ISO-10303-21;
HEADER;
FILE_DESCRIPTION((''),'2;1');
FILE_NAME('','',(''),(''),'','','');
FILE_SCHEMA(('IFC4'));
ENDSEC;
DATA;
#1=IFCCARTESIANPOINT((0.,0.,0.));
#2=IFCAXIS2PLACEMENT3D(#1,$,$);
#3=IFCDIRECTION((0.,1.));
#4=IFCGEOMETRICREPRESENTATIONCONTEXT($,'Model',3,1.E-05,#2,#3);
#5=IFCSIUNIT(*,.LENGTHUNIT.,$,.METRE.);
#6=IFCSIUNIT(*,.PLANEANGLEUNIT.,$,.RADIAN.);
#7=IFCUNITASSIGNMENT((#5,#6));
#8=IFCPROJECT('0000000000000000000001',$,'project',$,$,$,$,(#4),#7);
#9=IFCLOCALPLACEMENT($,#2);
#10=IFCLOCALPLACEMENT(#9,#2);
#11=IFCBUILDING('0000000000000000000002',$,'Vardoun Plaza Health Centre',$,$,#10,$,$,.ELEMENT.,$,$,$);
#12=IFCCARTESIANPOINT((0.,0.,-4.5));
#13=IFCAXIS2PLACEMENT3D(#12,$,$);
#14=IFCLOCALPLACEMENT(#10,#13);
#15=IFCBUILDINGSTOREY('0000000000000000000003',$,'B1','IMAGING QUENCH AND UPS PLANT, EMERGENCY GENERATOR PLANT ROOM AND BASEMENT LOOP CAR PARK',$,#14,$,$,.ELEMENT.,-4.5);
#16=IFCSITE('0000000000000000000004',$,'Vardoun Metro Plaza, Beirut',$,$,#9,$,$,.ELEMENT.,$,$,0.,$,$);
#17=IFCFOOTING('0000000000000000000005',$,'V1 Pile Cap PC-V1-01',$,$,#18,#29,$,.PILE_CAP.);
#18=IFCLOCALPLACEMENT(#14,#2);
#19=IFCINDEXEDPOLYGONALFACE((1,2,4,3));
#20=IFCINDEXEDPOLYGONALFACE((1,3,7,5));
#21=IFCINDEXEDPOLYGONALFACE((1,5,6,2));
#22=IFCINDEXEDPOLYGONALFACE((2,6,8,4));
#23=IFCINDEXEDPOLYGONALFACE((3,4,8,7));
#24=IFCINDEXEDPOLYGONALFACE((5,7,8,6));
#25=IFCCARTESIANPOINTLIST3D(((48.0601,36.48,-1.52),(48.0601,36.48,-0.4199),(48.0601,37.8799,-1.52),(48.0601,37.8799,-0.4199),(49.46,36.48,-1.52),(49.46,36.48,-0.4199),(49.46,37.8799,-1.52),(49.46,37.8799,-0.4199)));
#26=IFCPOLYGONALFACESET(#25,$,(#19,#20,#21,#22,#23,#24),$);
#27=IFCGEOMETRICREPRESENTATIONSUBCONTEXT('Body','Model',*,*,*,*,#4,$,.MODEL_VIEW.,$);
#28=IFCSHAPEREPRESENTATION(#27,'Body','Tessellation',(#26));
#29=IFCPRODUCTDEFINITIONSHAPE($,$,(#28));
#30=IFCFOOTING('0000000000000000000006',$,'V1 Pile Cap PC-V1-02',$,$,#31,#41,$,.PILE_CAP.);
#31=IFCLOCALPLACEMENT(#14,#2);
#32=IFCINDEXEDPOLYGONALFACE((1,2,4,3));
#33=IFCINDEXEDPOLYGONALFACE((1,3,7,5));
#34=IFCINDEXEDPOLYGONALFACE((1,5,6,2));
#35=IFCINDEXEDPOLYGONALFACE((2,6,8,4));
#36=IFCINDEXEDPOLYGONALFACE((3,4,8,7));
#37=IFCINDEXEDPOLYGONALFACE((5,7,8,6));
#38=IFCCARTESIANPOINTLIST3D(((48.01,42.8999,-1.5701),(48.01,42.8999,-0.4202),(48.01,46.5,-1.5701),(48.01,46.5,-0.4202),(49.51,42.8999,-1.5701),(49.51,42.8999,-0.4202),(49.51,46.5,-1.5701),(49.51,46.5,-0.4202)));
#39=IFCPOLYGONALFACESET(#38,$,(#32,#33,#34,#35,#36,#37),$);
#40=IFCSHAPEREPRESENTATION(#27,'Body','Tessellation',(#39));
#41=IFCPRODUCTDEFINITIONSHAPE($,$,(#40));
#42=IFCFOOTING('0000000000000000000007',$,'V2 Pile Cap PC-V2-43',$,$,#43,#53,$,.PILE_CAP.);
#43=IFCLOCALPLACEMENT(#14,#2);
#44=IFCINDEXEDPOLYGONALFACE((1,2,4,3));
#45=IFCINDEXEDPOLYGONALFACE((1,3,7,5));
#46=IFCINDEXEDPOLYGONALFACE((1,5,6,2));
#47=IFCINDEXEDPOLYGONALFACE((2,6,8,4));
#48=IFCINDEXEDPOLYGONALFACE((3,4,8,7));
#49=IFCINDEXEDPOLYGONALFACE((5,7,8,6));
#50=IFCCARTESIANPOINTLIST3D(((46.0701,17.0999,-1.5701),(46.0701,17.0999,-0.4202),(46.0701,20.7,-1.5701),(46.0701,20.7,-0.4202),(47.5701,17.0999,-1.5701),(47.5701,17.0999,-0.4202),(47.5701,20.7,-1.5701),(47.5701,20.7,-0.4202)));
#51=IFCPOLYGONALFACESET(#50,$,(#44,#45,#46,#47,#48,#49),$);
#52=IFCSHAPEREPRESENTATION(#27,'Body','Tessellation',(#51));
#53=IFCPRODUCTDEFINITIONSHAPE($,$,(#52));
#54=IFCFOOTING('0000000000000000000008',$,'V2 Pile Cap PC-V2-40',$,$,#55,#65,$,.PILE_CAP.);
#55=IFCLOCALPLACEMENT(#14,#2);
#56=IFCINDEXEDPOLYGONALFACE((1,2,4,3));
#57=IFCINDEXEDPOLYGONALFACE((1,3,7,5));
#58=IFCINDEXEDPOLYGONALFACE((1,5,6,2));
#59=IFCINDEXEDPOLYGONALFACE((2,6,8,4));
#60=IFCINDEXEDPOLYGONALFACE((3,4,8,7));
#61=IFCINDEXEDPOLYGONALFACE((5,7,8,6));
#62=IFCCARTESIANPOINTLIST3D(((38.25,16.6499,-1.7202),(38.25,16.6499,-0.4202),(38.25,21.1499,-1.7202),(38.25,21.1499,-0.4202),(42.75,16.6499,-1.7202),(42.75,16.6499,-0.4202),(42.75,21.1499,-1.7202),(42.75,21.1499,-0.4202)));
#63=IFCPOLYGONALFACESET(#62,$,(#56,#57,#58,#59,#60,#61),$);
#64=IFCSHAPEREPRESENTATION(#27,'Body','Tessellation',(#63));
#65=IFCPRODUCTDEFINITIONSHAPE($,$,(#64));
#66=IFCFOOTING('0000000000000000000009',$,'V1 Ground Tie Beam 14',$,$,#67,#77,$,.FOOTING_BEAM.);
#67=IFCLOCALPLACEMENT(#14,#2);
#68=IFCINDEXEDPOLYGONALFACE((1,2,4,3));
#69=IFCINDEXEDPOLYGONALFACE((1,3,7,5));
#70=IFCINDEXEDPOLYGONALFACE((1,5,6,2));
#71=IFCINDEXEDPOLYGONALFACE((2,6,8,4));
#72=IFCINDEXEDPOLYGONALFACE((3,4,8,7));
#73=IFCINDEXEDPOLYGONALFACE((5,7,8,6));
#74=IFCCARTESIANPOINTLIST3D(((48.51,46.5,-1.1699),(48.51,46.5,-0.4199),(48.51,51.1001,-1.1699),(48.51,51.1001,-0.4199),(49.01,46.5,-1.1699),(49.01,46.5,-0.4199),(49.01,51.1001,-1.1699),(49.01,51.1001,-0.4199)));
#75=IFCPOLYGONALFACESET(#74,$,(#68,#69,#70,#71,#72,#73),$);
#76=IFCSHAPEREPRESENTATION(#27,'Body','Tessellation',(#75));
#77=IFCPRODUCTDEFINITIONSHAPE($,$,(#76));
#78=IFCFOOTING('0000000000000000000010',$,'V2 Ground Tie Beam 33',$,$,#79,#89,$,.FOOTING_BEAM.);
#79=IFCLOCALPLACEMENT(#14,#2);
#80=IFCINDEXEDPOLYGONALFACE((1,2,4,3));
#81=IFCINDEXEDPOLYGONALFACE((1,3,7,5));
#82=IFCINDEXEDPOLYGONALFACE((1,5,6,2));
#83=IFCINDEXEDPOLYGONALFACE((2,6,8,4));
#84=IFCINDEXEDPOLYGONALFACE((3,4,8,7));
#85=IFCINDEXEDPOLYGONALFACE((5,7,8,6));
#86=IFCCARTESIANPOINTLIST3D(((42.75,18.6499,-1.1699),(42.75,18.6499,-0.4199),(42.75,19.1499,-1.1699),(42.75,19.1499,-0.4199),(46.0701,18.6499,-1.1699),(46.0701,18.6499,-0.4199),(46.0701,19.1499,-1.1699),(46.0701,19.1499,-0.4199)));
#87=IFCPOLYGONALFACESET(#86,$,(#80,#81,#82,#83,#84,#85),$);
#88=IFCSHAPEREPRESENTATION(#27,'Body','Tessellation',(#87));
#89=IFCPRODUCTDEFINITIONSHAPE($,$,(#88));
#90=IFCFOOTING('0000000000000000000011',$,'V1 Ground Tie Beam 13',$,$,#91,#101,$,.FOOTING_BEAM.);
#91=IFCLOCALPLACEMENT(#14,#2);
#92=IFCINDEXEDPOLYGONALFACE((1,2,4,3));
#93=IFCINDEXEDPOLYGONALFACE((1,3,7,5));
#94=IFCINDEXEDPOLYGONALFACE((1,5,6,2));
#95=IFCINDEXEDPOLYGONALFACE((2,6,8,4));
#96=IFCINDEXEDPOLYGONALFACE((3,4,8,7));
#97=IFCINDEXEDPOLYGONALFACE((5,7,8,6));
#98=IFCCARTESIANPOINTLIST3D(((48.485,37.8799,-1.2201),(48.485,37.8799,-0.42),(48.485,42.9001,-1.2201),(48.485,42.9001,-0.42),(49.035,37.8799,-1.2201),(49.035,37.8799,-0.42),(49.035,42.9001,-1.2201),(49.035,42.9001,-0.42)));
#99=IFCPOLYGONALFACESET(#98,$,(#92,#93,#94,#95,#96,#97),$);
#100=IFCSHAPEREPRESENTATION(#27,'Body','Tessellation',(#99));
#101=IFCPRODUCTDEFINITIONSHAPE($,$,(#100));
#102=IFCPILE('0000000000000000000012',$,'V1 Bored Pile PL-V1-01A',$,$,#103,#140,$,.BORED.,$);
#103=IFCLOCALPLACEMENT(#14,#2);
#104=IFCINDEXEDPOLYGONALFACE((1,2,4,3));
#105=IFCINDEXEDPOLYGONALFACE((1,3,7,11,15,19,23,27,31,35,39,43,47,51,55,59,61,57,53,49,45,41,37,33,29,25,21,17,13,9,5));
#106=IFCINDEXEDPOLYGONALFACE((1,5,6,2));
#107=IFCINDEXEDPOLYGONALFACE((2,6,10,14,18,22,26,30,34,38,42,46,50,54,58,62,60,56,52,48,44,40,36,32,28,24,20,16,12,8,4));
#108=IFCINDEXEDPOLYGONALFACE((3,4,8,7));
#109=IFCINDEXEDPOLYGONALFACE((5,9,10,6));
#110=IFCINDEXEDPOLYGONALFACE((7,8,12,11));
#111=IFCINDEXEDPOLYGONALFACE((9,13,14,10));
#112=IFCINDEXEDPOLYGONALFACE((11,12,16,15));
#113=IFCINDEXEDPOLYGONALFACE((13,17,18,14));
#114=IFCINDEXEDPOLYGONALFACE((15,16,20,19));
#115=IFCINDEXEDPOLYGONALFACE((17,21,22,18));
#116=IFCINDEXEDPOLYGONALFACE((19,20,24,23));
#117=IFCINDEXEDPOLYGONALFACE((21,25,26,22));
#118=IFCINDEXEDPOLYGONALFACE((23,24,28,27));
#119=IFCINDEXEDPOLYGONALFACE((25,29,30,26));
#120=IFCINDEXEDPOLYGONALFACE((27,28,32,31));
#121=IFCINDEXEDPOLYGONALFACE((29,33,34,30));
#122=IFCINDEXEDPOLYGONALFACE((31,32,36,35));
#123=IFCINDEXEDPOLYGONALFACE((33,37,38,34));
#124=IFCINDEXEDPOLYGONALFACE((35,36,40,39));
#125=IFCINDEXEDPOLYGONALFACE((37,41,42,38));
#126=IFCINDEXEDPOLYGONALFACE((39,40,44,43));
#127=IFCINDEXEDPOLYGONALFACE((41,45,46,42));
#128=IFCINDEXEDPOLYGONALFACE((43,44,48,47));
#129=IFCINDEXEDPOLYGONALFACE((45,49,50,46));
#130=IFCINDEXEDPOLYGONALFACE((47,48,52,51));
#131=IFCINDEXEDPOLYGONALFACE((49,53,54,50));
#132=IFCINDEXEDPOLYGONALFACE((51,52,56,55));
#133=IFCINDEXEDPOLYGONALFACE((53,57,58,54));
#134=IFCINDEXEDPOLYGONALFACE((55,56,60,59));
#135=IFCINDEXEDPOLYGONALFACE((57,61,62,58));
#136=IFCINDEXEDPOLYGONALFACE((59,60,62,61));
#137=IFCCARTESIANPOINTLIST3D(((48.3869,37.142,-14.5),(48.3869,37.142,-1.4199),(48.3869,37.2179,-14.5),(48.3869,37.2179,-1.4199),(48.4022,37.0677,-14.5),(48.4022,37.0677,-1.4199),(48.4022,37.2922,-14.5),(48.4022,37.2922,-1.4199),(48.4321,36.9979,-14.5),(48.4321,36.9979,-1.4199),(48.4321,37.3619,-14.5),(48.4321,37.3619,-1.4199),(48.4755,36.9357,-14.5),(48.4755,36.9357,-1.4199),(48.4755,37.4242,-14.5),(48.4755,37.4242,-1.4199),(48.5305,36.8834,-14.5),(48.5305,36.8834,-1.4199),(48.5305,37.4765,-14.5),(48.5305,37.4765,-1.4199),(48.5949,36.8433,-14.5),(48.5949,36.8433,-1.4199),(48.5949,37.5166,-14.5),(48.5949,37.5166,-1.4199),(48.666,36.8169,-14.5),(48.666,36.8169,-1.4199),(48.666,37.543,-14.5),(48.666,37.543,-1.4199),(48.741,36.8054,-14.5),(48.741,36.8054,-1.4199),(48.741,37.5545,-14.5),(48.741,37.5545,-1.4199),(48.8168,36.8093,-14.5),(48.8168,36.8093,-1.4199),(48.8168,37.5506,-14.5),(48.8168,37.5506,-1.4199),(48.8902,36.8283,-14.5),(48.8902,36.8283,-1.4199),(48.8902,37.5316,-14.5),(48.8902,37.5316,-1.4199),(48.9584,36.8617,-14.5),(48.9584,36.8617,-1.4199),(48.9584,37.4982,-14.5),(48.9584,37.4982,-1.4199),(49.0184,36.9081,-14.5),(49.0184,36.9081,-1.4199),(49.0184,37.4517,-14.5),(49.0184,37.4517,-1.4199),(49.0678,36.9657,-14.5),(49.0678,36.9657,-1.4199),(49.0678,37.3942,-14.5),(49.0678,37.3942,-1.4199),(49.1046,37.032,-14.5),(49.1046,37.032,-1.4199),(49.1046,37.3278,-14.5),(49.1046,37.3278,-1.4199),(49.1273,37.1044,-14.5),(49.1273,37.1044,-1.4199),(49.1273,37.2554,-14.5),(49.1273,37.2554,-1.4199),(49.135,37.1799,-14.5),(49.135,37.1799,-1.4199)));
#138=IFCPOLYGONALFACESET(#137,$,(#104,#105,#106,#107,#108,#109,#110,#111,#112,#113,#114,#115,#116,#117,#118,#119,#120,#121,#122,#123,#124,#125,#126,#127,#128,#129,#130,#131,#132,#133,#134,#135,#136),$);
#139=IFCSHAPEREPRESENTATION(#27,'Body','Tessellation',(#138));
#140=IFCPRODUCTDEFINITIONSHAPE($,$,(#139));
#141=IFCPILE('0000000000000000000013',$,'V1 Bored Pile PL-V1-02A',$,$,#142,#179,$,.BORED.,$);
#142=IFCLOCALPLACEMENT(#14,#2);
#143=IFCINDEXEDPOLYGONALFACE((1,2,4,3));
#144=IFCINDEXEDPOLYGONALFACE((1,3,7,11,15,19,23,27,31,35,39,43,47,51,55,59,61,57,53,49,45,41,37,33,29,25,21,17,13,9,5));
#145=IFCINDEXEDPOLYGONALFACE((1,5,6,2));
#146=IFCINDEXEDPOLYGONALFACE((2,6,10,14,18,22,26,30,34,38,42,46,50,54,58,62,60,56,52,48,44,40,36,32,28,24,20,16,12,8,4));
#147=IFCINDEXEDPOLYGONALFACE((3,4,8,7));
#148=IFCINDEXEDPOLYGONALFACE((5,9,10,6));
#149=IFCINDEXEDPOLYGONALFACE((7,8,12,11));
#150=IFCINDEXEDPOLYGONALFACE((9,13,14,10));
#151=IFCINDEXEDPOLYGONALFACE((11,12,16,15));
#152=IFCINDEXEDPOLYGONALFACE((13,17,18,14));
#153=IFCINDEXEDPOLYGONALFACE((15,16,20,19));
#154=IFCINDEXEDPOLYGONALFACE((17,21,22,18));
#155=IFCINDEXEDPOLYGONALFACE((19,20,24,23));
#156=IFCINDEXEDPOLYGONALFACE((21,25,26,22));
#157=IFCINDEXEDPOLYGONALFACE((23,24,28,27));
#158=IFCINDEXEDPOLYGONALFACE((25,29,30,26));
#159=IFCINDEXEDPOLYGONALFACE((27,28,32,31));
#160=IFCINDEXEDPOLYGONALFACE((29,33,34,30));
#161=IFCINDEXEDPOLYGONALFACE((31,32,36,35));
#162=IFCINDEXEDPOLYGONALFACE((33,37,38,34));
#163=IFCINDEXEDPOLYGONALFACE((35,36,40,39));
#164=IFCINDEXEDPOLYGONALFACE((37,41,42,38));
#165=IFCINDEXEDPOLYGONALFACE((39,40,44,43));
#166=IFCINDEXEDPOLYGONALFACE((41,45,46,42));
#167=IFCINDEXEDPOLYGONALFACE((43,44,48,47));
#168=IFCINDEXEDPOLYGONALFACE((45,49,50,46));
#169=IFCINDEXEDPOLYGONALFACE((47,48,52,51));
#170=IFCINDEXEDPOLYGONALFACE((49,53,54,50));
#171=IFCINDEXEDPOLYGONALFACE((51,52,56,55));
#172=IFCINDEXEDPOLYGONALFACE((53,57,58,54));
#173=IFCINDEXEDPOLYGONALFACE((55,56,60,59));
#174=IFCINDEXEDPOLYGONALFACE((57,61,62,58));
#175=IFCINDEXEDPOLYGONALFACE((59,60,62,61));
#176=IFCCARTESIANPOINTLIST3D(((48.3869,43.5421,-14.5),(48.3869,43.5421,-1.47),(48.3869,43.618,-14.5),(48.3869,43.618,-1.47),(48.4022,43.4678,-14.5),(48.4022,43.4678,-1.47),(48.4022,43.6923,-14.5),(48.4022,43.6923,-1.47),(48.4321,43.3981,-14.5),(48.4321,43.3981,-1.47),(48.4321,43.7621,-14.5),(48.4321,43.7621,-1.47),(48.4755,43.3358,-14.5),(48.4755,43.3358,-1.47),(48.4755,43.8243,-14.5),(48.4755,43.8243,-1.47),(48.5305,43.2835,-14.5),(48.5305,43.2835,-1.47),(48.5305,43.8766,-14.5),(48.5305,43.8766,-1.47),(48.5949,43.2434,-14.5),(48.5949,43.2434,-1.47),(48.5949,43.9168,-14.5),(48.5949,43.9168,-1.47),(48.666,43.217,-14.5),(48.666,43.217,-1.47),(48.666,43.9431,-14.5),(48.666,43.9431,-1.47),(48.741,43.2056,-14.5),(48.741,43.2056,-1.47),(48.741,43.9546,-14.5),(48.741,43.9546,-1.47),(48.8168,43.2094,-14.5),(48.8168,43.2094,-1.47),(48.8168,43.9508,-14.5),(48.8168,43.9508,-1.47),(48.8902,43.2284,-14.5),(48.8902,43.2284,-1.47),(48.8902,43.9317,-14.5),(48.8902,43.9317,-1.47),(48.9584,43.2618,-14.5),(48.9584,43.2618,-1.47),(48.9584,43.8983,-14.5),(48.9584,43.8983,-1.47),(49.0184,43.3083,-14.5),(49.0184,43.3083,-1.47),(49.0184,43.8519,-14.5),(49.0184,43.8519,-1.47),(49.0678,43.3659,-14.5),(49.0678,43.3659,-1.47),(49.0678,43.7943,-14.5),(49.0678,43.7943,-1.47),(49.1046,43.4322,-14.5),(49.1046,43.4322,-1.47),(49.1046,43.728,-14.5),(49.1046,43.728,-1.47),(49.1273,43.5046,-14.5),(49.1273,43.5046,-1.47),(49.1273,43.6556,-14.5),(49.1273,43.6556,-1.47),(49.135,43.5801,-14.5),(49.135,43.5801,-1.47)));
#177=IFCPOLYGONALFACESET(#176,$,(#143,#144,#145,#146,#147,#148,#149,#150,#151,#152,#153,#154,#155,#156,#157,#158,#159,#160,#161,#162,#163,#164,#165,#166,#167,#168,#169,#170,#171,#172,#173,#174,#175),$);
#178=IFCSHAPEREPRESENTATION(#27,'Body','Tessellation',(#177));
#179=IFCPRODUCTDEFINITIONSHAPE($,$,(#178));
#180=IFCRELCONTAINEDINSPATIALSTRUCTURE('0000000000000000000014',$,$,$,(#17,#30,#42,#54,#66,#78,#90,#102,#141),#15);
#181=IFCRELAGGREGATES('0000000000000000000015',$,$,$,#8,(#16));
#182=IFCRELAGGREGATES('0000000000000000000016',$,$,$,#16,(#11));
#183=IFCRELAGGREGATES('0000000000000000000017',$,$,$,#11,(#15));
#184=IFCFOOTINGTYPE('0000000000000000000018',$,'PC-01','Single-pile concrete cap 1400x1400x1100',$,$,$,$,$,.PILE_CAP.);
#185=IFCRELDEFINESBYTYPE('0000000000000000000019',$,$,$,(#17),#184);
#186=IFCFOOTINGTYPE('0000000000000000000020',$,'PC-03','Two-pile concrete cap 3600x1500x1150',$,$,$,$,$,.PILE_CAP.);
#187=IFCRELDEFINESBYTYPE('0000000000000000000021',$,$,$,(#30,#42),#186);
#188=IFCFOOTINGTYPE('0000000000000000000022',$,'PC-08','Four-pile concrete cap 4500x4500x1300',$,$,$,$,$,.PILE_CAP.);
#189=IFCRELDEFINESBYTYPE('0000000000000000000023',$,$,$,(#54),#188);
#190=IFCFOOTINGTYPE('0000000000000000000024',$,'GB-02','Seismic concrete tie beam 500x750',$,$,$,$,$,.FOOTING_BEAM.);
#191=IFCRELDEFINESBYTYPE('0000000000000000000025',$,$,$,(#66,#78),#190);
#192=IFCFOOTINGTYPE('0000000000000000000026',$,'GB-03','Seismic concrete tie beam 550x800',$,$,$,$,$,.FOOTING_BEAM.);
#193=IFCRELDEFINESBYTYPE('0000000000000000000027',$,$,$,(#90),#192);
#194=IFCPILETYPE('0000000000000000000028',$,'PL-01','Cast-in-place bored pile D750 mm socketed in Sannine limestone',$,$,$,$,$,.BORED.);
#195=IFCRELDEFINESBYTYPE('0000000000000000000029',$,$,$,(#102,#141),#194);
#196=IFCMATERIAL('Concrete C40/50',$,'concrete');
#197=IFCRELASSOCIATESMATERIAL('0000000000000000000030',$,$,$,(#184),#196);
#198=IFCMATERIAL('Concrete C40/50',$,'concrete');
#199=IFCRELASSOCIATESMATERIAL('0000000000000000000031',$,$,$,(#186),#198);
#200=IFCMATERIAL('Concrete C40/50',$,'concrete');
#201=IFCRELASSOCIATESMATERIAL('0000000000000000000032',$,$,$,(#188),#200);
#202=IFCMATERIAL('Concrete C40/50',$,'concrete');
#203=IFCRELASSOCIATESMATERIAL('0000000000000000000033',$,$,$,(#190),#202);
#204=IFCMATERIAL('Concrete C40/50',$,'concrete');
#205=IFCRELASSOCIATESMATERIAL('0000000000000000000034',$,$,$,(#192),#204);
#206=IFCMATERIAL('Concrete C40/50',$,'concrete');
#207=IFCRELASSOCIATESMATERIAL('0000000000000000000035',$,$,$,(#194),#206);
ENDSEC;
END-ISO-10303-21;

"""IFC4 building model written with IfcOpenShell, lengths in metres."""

from ifc_helpers import new_model, si_unit, direction, frame, origin, origin_2d, place, context, subcontext, project, spatial, rectangle, circle, extrude, material, material_profile, profile_set, type_object, element, save


model = new_model("IFC4")

# Units and contexts
model_context = context("Model", 3, precision=1e-05, world=origin(), true_north=direction((0.0, 1.0)))
body_context = subcontext(model_context, "Body", "Model", "MODEL_VIEW")
ifc_project = project(units=[si_unit("LENGTHUNIT", "METRE"), si_unit("PLANEANGLEUNIT", "RADIAN")], contexts=[model_context])

# Site, building, storey
site_placement = place(None, origin())
site = spatial("IfcSite", under=ifc_project, at=site_placement, Name="Vardoun Metro Plaza, Beirut", CompositionType="ELEMENT", RefElevation=0.0)
building_placement = place(site_placement, origin())
building = spatial("IfcBuilding", under=site, at=building_placement, Name="Vardoun Plaza Health Centre", CompositionType="ELEMENT")
storey_placement = place(building_placement, frame((0.0, 0.0, -4.5)))
storey = spatial("IfcBuildingStorey", under=building, at=storey_placement, Name="B1", Description="IMAGING QUENCH AND UPS PLANT, EMERGENCY GENERATOR PLANT ROOM AND BASEMENT LOOP CAR PARK", CompositionType="ELEMENT", Elevation=-4.5)

# Footings
ifc_material_1 = material(Name="Concrete C40/50", Category="concrete")
footing_type_1 = type_object("IfcFootingType", Name="PC-01", Description="Single-pile concrete cap 1400x1400x1100", PredefinedType="PILE_CAP", material=ifc_material_1)
footing_1_placement = place(storey_placement, frame((48.76, 37.1799, -1.52), z_axis=(0.0, 0.0, 1.0), x_axis=(1.0, 0.0, 0.0)))
element("IfcFooting", 1, at=footing_1_placement, inside=storey, type_object=footing_type_1, Name="V1 Pile Cap PC-V1-01", PredefinedType="PILE_CAP", context=body_context, shape_type="SweptSolid", body=[
    extrude(rectangle(XDim=1.3999, YDim=1.3999, at=origin_2d()), origin(), (0.0, 0.0, 1.0), 1.1001),
])
ifc_material_2 = material(Name="Concrete C40/50", Category="concrete")
footing_type_2 = type_object("IfcFootingType", Name="PC-03", Description="Two-pile concrete cap 3600x1500x1150", PredefinedType="PILE_CAP", material=ifc_material_2)
for number, where, z_axis, x_axis, name in (
    (2, (48.76, 44.7, -1.5701), (0.0, 0.0, 1.0), (0.0, 1.0, 0.0), "V1 Pile Cap PC-V1-02"),
    (3, (46.8201, 18.8999, -1.5701), (0.0, 0.0, 1.0), (0.0, 1.0, 0.0), "V2 Pile Cap PC-V2-43"),
):
    element("IfcFooting", number, at=place(storey_placement, frame(where, z_axis=z_axis, x_axis=x_axis)), inside=storey, type_object=footing_type_2, Name=name, PredefinedType="PILE_CAP", context=body_context, shape_type="SweptSolid", body=[
        extrude(rectangle(XDim=3.6001, YDim=1.5, at=origin_2d()), origin(), (0.0, 0.0, 1.0), 1.1499),
    ])
ifc_material_3 = material(Name="Concrete C40/50", Category="concrete")
footing_type_3 = type_object("IfcFootingType", Name="PC-08", Description="Four-pile concrete cap 4500x4500x1300", PredefinedType="PILE_CAP", material=ifc_material_3)
footing_2_placement = place(storey_placement, frame((40.5, 18.8999, -1.7202), z_axis=(0.0, 0.0, 1.0), x_axis=(1.0, 0.0, 0.0)))
element("IfcFooting", 4, at=footing_2_placement, inside=storey, type_object=footing_type_3, Name="V2 Pile Cap PC-V2-40", PredefinedType="PILE_CAP", context=body_context, shape_type="SweptSolid", body=[
    extrude(rectangle(XDim=4.5, YDim=4.5, at=origin_2d()), origin(), (0.0, 0.0, 1.0), 1.3),
])
ifc_material_4 = material(Name="Concrete C40/50", Category="concrete")
ifc_material_profile_1 = material_profile(ifc_material_4, rectangle(XDim=0.5, YDim=0.75, at=origin_2d()), Name="GB 500x750")
ifc_profile_set_1 = profile_set([ifc_material_profile_1], Name="Concrete C40/50")
footing_type_4 = type_object("IfcFootingType", Name="GB-02", Description="Seismic concrete tie beam 500x750", PredefinedType="FOOTING_BEAM", material=ifc_profile_set_1)
footing_3_placement = place(storey_placement, frame((48.76, 46.5, -0.7949), z_axis=(0.0, 1.0, 0.0), x_axis=(-1.0, 0.0, 0.0)))
element("IfcFooting", 5, at=footing_3_placement, inside=storey, type_object=footing_type_4, Name="V1 Ground Tie Beam 14", PredefinedType="FOOTING_BEAM", context=body_context, shape_type="SweptSolid", body=[
    extrude(rectangle(XDim=0.5, YDim=0.75, at=origin_2d()), origin(), (0.0, 0.0, 1.0), 4.6001),
])
footing_4_placement = place(storey_placement, frame((42.75, 18.8999, -0.7949), z_axis=(1.0, 0.0, 0.0), x_axis=(0.0, 1.0, 0.0)))
element("IfcFooting", 6, at=footing_4_placement, inside=storey, type_object=footing_type_4, Name="V2 Ground Tie Beam 33", PredefinedType="FOOTING_BEAM", context=body_context, shape_type="SweptSolid", body=[
    extrude(rectangle(XDim=0.5, YDim=0.75, at=origin_2d()), origin(), (0.0, 0.0, 1.0), 3.3201),
])
ifc_material_5 = material(Name="Concrete C40/50", Category="concrete")
ifc_material_profile_2 = material_profile(ifc_material_5, rectangle(XDim=0.55, YDim=0.8, at=origin_2d()), Name="GB 550x800")
ifc_profile_set_2 = profile_set([ifc_material_profile_2], Name="Concrete C40/50")
footing_type_5 = type_object("IfcFootingType", Name="GB-03", Description="Seismic concrete tie beam 550x800", PredefinedType="FOOTING_BEAM", material=ifc_profile_set_2)
footing_5_placement = place(storey_placement, frame((48.76, 37.8799, -0.8201), z_axis=(0.0, 1.0, 0.0), x_axis=(-1.0, 0.0, 0.0)))
element("IfcFooting", 7, at=footing_5_placement, inside=storey, type_object=footing_type_5, Name="V1 Ground Tie Beam 13", PredefinedType="FOOTING_BEAM", context=body_context, shape_type="SweptSolid", body=[
    extrude(rectangle(XDim=0.55, YDim=0.8, at=origin_2d()), origin(), (0.0, 0.0, 1.0), 5.0203),
])

# Piles
ifc_material_6 = material(Name="Concrete C40/50", Category="concrete")
ifc_material_profile_3 = material_profile(ifc_material_6, circle(Radius=0.375, at=origin_2d()), Name="PILE D750")
ifc_profile_set_3 = profile_set([ifc_material_profile_3], Name="Concrete C40/50")
pile_type_1 = type_object("IfcPileType", Name="PL-01", Description="Cast-in-place bored pile D750 mm socketed in Sannine limestone", PredefinedType="BORED", material=ifc_profile_set_3)
pile_1_placement = place(storey_placement, frame((48.76, 37.1799, -1.4199), z_axis=(0.0, 0.0, -1.0), x_axis=(1.0, 0.0, 0.0)))
element("IfcPile", 8, at=pile_1_placement, inside=storey, type_object=pile_type_1, Name="V1 Bored Pile PL-V1-01A", PredefinedType="BORED", context=body_context, shape_type="SweptSolid", body=[
    extrude(circle(Radius=0.375, at=origin_2d()), origin(), (0.0, 0.0, 1.0), 13.0801),
])
for number, where, z_axis, x_axis, name in (
    (9, (48.76, 43.5801, -1.47), (0.0, 0.0, -1.0), (1.0, 0.0, 0.0), "V1 Bored Pile PL-V1-02A"),
):
    element("IfcPile", number, at=place(storey_placement, frame(where, z_axis=z_axis, x_axis=x_axis)), inside=storey, type_object=pile_type_1, Name=name, PredefinedType="BORED", context=body_context, shape_type="SweptSolid", body=[
        extrude(circle(Radius=0.375, at=origin_2d()), origin(), (0.0, 0.0, 1.0), 13.03),
    ])

save(model, "model.ifc")
